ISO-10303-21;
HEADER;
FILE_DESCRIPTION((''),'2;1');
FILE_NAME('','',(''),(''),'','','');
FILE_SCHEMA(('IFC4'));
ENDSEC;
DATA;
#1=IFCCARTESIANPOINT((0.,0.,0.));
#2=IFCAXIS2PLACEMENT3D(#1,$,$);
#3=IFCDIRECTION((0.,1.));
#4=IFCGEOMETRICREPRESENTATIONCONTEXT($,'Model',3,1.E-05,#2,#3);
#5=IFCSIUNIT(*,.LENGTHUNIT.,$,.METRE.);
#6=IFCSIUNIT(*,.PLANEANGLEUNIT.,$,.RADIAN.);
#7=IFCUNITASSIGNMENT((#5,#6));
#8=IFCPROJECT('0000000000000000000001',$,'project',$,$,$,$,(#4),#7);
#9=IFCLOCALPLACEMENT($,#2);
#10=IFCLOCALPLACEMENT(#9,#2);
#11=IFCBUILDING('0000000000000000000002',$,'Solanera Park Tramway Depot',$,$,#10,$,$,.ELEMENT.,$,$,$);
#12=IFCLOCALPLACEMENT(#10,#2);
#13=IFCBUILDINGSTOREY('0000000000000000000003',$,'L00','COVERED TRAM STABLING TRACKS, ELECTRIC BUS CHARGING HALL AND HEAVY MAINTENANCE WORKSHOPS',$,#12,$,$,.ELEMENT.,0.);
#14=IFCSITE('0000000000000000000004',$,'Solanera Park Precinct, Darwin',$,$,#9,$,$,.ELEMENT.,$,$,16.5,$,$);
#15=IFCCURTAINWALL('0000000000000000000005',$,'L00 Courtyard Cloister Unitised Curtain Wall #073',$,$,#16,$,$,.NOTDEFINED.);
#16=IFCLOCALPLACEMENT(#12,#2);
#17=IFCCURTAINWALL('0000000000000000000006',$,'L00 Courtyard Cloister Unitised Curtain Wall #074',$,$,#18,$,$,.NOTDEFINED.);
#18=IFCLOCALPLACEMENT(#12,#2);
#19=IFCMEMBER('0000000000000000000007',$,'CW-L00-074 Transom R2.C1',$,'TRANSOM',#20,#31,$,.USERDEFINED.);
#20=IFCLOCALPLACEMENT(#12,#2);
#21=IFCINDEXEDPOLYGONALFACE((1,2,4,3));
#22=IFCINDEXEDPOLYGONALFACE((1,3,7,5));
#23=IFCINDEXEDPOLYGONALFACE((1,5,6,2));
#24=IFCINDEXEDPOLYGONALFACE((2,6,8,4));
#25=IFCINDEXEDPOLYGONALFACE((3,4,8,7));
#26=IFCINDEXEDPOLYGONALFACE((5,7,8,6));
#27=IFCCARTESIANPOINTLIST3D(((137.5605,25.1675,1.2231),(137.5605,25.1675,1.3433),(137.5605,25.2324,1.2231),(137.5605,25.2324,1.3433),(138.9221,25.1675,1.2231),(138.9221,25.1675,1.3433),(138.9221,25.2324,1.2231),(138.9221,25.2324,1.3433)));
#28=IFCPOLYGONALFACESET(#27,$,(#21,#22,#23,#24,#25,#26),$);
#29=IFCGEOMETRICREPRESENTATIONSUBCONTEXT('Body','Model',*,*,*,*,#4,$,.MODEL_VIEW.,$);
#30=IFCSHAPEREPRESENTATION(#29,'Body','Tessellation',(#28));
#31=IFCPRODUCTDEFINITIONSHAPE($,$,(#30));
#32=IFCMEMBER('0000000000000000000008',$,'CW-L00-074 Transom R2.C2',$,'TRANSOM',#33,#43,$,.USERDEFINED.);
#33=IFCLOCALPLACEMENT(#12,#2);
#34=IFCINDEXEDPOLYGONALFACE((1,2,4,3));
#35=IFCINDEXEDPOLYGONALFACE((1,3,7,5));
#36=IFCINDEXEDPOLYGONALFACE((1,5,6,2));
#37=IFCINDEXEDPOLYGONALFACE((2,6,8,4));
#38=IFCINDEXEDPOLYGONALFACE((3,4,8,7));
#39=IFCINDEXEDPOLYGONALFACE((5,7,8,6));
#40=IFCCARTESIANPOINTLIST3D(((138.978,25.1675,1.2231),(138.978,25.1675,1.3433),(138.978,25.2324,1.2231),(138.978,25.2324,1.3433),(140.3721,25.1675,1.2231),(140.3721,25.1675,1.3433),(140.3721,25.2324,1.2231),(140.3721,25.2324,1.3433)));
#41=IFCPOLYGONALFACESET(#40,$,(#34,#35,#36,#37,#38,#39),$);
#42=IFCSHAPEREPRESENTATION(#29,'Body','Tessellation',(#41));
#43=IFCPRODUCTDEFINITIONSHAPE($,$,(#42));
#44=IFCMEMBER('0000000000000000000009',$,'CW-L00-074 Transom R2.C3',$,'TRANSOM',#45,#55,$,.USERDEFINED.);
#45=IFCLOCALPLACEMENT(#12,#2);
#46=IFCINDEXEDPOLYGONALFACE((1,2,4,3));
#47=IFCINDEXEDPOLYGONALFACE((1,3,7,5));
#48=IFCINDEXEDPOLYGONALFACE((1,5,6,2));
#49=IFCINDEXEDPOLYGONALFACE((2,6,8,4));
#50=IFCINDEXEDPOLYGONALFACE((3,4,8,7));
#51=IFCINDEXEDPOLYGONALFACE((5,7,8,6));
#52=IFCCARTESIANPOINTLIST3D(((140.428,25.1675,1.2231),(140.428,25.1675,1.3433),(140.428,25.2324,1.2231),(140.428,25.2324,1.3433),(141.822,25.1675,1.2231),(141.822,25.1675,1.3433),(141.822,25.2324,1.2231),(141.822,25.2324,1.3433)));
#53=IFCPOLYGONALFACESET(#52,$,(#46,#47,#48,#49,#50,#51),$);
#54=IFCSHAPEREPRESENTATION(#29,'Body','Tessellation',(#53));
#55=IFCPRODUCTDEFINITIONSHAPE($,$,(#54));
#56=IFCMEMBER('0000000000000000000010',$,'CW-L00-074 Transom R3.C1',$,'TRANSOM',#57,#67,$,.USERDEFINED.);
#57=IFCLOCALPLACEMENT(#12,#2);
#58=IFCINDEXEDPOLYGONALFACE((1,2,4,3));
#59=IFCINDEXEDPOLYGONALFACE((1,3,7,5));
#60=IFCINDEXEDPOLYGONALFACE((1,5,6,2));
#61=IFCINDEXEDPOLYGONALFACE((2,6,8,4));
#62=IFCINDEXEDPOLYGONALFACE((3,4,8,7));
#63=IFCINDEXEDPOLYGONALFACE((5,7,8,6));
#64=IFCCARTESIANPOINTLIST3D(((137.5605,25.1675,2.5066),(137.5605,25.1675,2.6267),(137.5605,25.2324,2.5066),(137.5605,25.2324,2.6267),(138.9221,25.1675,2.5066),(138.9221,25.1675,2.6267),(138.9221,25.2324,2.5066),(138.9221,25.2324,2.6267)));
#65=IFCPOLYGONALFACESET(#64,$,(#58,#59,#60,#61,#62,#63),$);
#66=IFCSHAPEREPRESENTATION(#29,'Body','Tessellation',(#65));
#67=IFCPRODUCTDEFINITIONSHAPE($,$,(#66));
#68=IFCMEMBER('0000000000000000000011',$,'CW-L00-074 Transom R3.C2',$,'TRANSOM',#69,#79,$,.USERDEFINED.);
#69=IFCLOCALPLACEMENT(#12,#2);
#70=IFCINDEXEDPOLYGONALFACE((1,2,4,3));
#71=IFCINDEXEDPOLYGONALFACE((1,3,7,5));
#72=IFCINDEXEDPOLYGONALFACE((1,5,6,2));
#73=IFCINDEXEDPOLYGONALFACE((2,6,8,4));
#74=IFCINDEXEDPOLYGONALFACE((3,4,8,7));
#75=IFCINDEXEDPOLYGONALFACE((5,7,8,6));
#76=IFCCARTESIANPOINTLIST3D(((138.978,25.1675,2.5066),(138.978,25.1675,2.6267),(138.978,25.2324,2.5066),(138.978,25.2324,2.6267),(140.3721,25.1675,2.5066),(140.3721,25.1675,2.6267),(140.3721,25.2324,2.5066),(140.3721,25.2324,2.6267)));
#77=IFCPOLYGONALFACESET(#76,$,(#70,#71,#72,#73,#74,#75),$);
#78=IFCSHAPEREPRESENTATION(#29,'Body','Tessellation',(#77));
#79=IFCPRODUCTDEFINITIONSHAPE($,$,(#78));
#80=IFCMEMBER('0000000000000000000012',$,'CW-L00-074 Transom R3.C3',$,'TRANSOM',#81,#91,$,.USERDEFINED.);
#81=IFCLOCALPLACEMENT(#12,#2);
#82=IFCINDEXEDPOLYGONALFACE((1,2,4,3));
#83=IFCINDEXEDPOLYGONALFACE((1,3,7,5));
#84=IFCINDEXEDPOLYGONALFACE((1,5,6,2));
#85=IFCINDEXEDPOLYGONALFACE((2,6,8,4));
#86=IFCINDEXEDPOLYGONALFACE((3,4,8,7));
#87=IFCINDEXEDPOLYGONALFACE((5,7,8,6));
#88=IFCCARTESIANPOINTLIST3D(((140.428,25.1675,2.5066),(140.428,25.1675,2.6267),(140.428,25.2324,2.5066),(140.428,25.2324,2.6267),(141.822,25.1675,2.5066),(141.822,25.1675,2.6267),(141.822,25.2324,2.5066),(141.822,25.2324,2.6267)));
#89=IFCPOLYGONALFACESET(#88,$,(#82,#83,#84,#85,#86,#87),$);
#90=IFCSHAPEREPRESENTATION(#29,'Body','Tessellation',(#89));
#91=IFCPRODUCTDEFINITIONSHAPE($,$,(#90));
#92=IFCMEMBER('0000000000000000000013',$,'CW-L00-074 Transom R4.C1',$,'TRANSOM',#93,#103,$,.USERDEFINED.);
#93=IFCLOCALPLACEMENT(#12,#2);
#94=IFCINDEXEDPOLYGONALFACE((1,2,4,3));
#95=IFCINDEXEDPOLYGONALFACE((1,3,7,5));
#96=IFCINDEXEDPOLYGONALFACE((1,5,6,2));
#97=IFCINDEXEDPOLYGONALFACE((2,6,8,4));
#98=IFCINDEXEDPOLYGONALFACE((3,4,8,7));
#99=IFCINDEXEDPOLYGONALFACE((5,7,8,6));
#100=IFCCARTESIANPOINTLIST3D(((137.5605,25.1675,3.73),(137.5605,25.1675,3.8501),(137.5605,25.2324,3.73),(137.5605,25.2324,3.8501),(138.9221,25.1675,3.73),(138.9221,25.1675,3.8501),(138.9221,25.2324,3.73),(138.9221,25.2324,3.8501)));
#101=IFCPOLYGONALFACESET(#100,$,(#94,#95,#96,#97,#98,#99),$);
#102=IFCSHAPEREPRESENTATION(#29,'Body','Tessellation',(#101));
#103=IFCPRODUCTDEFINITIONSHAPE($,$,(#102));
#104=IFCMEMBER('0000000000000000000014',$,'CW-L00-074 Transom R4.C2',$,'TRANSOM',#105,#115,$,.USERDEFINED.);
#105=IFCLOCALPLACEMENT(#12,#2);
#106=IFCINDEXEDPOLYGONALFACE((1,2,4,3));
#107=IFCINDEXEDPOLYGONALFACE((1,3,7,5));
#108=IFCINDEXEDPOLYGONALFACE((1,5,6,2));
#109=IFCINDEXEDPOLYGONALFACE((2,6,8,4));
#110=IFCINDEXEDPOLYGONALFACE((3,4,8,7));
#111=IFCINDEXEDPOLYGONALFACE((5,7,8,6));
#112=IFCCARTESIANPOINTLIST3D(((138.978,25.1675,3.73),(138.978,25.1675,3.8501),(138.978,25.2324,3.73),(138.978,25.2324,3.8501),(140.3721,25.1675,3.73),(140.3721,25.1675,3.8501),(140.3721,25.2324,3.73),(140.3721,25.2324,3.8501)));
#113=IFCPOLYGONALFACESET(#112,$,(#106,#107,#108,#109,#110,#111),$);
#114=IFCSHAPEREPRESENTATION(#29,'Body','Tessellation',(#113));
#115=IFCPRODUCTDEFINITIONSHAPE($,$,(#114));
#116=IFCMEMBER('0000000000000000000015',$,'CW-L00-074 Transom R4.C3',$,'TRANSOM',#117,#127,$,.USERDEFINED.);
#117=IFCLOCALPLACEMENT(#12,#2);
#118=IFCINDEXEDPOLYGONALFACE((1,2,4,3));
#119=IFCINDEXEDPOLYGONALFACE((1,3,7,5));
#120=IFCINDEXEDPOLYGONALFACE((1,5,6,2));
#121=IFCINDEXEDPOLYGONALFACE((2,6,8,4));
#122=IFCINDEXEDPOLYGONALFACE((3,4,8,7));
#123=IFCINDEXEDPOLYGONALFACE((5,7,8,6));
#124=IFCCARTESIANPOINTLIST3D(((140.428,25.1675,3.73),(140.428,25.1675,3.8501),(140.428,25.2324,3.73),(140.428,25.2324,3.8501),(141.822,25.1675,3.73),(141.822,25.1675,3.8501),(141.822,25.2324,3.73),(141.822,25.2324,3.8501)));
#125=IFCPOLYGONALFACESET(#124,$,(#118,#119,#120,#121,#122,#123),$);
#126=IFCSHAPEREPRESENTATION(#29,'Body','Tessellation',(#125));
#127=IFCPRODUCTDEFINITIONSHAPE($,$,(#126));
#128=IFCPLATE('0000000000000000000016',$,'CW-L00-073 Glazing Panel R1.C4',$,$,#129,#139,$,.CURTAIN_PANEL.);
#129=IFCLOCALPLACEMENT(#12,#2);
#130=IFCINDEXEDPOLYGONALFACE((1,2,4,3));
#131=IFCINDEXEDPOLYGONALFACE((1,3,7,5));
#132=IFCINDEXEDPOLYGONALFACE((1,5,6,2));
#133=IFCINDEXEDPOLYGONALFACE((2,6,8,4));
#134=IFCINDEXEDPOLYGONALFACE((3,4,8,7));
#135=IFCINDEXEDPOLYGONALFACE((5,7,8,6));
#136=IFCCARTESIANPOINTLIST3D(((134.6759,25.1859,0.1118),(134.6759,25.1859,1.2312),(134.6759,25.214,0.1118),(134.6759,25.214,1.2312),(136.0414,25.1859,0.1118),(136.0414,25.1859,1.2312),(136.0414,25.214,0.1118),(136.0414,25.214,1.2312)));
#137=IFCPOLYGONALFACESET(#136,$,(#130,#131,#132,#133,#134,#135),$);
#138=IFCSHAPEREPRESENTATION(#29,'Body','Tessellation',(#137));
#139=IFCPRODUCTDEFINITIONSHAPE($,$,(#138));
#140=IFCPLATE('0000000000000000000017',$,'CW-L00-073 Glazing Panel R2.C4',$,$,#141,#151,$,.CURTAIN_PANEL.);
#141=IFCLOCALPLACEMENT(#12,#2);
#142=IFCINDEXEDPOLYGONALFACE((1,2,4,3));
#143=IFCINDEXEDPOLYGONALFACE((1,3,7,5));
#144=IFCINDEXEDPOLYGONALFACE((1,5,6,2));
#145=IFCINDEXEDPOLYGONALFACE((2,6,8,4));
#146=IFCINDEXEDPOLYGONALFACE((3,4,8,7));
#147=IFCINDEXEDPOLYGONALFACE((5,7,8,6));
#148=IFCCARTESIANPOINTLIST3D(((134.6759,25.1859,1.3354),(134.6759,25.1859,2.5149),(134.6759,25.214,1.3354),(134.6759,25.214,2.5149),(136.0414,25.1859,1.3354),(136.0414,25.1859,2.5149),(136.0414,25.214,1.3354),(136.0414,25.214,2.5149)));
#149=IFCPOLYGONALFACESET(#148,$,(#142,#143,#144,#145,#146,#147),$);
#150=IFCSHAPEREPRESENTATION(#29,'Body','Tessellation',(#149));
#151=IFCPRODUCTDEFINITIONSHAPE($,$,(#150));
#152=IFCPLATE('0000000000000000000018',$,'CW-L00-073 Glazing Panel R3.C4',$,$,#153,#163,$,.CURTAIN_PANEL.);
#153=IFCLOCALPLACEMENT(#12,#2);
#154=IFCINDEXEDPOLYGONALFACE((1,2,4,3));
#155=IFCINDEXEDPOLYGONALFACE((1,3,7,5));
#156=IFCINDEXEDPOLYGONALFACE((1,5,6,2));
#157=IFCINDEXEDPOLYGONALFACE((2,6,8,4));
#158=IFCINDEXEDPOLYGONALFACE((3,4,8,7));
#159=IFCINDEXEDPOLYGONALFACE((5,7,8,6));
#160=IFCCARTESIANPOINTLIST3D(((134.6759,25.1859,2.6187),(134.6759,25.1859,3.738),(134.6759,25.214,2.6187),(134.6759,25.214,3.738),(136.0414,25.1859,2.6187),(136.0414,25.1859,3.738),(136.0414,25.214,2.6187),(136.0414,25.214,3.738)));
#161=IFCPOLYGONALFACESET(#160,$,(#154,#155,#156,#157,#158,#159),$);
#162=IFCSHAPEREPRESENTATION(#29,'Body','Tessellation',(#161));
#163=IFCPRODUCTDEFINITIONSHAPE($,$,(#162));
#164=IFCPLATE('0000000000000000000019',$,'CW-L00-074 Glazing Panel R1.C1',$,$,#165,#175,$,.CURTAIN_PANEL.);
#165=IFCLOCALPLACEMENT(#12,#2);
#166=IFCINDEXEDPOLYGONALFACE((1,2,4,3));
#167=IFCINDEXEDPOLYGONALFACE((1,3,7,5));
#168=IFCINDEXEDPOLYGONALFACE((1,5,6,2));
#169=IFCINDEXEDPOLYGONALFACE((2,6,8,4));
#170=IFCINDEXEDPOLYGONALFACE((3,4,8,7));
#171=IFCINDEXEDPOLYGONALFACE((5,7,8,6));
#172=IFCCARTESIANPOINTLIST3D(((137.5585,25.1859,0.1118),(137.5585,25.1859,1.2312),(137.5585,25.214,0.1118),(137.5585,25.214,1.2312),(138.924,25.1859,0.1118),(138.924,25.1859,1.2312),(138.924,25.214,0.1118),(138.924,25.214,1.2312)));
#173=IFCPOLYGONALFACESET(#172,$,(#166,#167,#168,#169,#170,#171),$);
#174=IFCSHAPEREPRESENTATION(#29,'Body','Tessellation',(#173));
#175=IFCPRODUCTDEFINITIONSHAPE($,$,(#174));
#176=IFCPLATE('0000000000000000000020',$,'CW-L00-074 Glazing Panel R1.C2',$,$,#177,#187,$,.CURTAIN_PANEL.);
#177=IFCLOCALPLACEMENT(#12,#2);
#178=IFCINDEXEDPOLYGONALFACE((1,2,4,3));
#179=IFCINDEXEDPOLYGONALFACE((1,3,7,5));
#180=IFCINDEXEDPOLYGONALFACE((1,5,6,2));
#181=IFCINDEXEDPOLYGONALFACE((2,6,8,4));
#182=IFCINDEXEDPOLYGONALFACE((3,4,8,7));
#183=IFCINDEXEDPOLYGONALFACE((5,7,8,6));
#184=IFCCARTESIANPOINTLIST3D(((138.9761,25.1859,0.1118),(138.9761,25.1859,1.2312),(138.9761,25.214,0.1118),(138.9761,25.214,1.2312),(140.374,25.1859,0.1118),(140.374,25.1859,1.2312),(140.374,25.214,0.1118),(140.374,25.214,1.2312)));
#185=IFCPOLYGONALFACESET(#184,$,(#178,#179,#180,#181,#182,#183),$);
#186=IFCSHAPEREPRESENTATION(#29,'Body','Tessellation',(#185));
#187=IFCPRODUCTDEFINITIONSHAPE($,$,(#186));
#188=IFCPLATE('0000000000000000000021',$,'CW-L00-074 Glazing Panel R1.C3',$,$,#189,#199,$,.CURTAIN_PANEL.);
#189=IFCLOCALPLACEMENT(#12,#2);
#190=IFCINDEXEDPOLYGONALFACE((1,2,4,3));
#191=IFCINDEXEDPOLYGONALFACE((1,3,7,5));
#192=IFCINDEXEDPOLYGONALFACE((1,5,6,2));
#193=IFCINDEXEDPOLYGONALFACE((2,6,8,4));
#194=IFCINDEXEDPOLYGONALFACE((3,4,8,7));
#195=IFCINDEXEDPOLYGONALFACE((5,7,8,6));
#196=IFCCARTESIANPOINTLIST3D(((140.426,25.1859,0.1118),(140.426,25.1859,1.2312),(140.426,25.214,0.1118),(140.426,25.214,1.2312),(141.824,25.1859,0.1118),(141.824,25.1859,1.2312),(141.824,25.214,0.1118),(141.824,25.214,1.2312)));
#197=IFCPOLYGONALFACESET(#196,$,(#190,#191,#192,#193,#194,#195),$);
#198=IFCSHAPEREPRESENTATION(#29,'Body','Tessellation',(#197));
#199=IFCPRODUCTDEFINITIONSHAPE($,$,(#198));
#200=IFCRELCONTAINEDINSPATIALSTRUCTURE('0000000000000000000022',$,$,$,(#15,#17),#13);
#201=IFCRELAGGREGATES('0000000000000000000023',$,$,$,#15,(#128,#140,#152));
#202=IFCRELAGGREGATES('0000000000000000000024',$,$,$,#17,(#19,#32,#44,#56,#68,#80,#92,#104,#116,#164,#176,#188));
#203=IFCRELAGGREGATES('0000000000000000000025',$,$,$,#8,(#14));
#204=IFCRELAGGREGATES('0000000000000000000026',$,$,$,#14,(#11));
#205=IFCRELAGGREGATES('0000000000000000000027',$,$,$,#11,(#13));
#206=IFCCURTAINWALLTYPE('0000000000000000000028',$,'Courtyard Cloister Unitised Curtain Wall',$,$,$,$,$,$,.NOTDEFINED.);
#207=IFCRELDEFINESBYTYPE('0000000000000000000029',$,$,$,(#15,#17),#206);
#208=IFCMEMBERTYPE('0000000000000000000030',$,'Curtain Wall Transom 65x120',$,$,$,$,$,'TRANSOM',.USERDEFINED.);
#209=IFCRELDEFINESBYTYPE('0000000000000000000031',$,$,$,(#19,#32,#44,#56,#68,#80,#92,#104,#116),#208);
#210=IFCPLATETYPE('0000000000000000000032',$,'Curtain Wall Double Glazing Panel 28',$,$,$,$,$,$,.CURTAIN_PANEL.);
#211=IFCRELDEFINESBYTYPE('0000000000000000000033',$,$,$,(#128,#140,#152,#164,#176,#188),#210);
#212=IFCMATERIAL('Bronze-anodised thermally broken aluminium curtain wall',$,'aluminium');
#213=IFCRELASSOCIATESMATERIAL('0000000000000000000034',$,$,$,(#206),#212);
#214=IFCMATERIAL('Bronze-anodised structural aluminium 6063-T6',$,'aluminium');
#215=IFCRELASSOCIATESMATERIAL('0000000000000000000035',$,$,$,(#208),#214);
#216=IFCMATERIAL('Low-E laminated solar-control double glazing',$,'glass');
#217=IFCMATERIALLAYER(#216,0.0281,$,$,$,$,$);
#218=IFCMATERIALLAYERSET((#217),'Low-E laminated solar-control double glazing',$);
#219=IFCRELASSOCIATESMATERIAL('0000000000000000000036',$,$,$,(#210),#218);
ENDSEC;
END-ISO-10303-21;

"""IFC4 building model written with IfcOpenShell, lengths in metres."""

from ifc_helpers import new_model, si_unit, direction, frame, origin, origin_2d, place, context, subcontext, project, spatial, rectangle, extrude, material, layer, layer_set, material_profile, profile_set, type_object, element, aggregate, save


model = new_model("IFC4")

# Units and contexts
model_context = context("Model", 3, precision=1e-05, world=origin(), true_north=direction((0.0, 1.0)))
body_context = subcontext(model_context, "Body", "Model", "MODEL_VIEW")
ifc_project = project(units=[si_unit("LENGTHUNIT", "METRE"), si_unit("PLANEANGLEUNIT", "RADIAN")], contexts=[model_context])

# Site, building, storey
site_placement = place(None, origin())
site = spatial("IfcSite", under=ifc_project, at=site_placement, Name="Solanera Park Precinct, Darwin", CompositionType="ELEMENT", RefElevation=16.5)
building_placement = place(site_placement, origin())
building = spatial("IfcBuilding", under=site, at=building_placement, Name="Solanera Park Tramway Depot", CompositionType="ELEMENT")
storey_placement = place(building_placement, origin())
storey = spatial("IfcBuildingStorey", under=building, at=storey_placement, Name="L00", Description="COVERED TRAM STABLING TRACKS, ELECTRIC BUS CHARGING HALL AND HEAVY MAINTENANCE WORKSHOPS", CompositionType="ELEMENT", Elevation=0.0)

# Curtain wall
ifc_material_1 = material(Name="Bronze-anodised thermally broken aluminium curtain wall", Category="aluminium")
curtain_wall_type = type_object("IfcCurtainWallType", Name="Courtyard Cloister Unitised Curtain Wall", PredefinedType="NOTDEFINED", material=ifc_material_1)
curtain_wall_1_placement = place(storey_placement, origin())
curtain_wall_1 = element("IfcCurtainWall", 1, at=curtain_wall_1_placement, inside=storey, type_object=curtain_wall_type, Name="L00 Courtyard Cloister Unitised Curtain Wall #073", PredefinedType="NOTDEFINED")

# Curtain wall
curtain_wall_2_placement = place(storey_placement, origin())
curtain_wall_2 = element("IfcCurtainWall", 2, at=curtain_wall_2_placement, inside=storey, type_object=curtain_wall_type, Name="L00 Courtyard Cloister Unitised Curtain Wall #074", PredefinedType="NOTDEFINED")

# Members
ifc_material_2 = material(Name="Bronze-anodised structural aluminium 6063-T6", Category="aluminium")
ifc_material_profile_1 = material_profile(ifc_material_2, rectangle(XDim=0.0649, YDim=0.1201, at=origin_2d()), Name="Curtain Wall Transom 65x120")
ifc_profile_set_1 = profile_set([ifc_material_profile_1], Name="Bronze-anodised structural aluminium 6063-T6")
member_type_1 = type_object("IfcMemberType", Name="Curtain Wall Transom 65x120", ElementType="TRANSOM", PredefinedType="USERDEFINED", material=ifc_profile_set_1)
member_1_placement = place(storey_placement, frame((137.5605, 25.2, 1.2832), z_axis=(1.0, 0.0, 0.0), x_axis=(0.0, 1.0, 0.0)))
member_1 = element("IfcMember", 3, at=member_1_placement, type_object=member_type_1, Name="CW-L00-074 Transom R2.C1", ObjectType="TRANSOM", PredefinedType="USERDEFINED", context=body_context, shape_type="SweptSolid", body=[
    extrude(rectangle(XDim=0.0649, YDim=0.1201, at=origin_2d()), origin(), (0.0, 0.0, 1.0), 1.3616),
])
member_2_placement = place(storey_placement, frame((138.978, 25.2, 1.2832), z_axis=(1.0, 0.0, 0.0), x_axis=(0.0, 1.0, 0.0)))
member_2 = element("IfcMember", 4, at=member_2_placement, type_object=member_type_1, Name="CW-L00-074 Transom R2.C2", ObjectType="TRANSOM", PredefinedType="USERDEFINED", context=body_context, shape_type="SweptSolid", body=[
    extrude(rectangle(XDim=0.0649, YDim=0.1201, at=origin_2d()), origin(), (0.0, 0.0, 1.0), 1.394),
])
member_3_placement = place(storey_placement, frame((140.428, 25.2, 1.2832), z_axis=(1.0, 0.0, 0.0), x_axis=(0.0, 1.0, 0.0)))
member_3 = element("IfcMember", 5, at=member_3_placement, type_object=member_type_1, Name="CW-L00-074 Transom R2.C3", ObjectType="TRANSOM", PredefinedType="USERDEFINED", context=body_context, shape_type="SweptSolid", body=[
    extrude(rectangle(XDim=0.0649, YDim=0.1201, at=origin_2d()), origin(), (0.0, 0.0, 1.0), 1.394),
])
member_4_placement = place(storey_placement, frame((137.5605, 25.2, 2.5667), z_axis=(1.0, 0.0, 0.0), x_axis=(0.0, 1.0, 0.0)))
member_4 = element("IfcMember", 6, at=member_4_placement, type_object=member_type_1, Name="CW-L00-074 Transom R3.C1", ObjectType="TRANSOM", PredefinedType="USERDEFINED", context=body_context, shape_type="SweptSolid", body=[
    extrude(rectangle(XDim=0.0649, YDim=0.1201, at=origin_2d()), origin(), (0.0, 0.0, 1.0), 1.3616),
])
member_5_placement = place(storey_placement, frame((138.978, 25.2, 2.5667), z_axis=(1.0, 0.0, 0.0), x_axis=(0.0, 1.0, 0.0)))
member_5 = element("IfcMember", 7, at=member_5_placement, type_object=member_type_1, Name="CW-L00-074 Transom R3.C2", ObjectType="TRANSOM", PredefinedType="USERDEFINED", context=body_context, shape_type="SweptSolid", body=[
    extrude(rectangle(XDim=0.0649, YDim=0.1201, at=origin_2d()), origin(), (0.0, 0.0, 1.0), 1.394),
])
member_6_placement = place(storey_placement, frame((140.428, 25.2, 2.5667), z_axis=(1.0, 0.0, 0.0), x_axis=(0.0, 1.0, 0.0)))
member_6 = element("IfcMember", 8, at=member_6_placement, type_object=member_type_1, Name="CW-L00-074 Transom R3.C3", ObjectType="TRANSOM", PredefinedType="USERDEFINED", context=body_context, shape_type="SweptSolid", body=[
    extrude(rectangle(XDim=0.0649, YDim=0.1201, at=origin_2d()), origin(), (0.0, 0.0, 1.0), 1.394),
])
member_7_placement = place(storey_placement, frame((137.5605, 25.2, 3.79), z_axis=(1.0, 0.0, 0.0), x_axis=(0.0, 1.0, 0.0)))
member_7 = element("IfcMember", 9, at=member_7_placement, type_object=member_type_1, Name="CW-L00-074 Transom R4.C1", ObjectType="TRANSOM", PredefinedType="USERDEFINED", context=body_context, shape_type="SweptSolid", body=[
    extrude(rectangle(XDim=0.0649, YDim=0.1201, at=origin_2d()), origin(), (0.0, 0.0, 1.0), 1.3616),
])
member_8_placement = place(storey_placement, frame((138.978, 25.2, 3.79), z_axis=(1.0, 0.0, 0.0), x_axis=(0.0, 1.0, 0.0)))
member_8 = element("IfcMember", 10, at=member_8_placement, type_object=member_type_1, Name="CW-L00-074 Transom R4.C2", ObjectType="TRANSOM", PredefinedType="USERDEFINED", context=body_context, shape_type="SweptSolid", body=[
    extrude(rectangle(XDim=0.0649, YDim=0.1201, at=origin_2d()), origin(), (0.0, 0.0, 1.0), 1.394),
])
member_9_placement = place(storey_placement, frame((140.428, 25.2, 3.79), z_axis=(1.0, 0.0, 0.0), x_axis=(0.0, 1.0, 0.0)))
member_9 = element("IfcMember", 11, at=member_9_placement, type_object=member_type_1, Name="CW-L00-074 Transom R4.C3", ObjectType="TRANSOM", PredefinedType="USERDEFINED", context=body_context, shape_type="SweptSolid", body=[
    extrude(rectangle(XDim=0.0649, YDim=0.1201, at=origin_2d()), origin(), (0.0, 0.0, 1.0), 1.394),
])

# Plates
ifc_material_3 = material(Name="Low-E laminated solar-control double glazing", Category="glass")
ifc_layer = layer(ifc_material_3, 0.0281)
ifc_layer_set = layer_set([ifc_layer], Name="Low-E laminated solar-control double glazing")
plate_type = type_object("IfcPlateType", Name="Curtain Wall Double Glazing Panel 28", PredefinedType="CURTAIN_PANEL", material=ifc_layer_set)
plate_1_placement = place(storey_placement, frame((135.3586, 25.2, 0.1118), z_axis=(0.0, 0.0, 1.0), x_axis=(1.0, 0.0, 0.0)))
plate_1 = element("IfcPlate", 12, at=plate_1_placement, type_object=plate_type, Name="CW-L00-073 Glazing Panel R1.C4", PredefinedType="CURTAIN_PANEL", context=body_context, shape_type="SweptSolid", body=[
    extrude(rectangle(XDim=1.3655, YDim=0.0281, at=origin_2d()), origin(), (0.0, 0.0, 1.0), 1.1194),
])
plate_2_placement = place(storey_placement, frame((135.3586, 25.2, 1.3354), z_axis=(0.0, 0.0, 1.0), x_axis=(1.0, 0.0, 0.0)))
plate_2 = element("IfcPlate", 13, at=plate_2_placement, type_object=plate_type, Name="CW-L00-073 Glazing Panel R2.C4", PredefinedType="CURTAIN_PANEL", context=body_context, shape_type="SweptSolid", body=[
    extrude(rectangle(XDim=1.3655, YDim=0.0281, at=origin_2d()), origin(), (0.0, 0.0, 1.0), 1.1794),
])
plate_3_placement = place(storey_placement, frame((135.3586, 25.2, 2.6187), z_axis=(0.0, 0.0, 1.0), x_axis=(1.0, 0.0, 0.0)))
plate_3 = element("IfcPlate", 14, at=plate_3_placement, type_object=plate_type, Name="CW-L00-073 Glazing Panel R3.C4", PredefinedType="CURTAIN_PANEL", context=body_context, shape_type="SweptSolid", body=[
    extrude(rectangle(XDim=1.3655, YDim=0.0281, at=origin_2d()), origin(), (0.0, 0.0, 1.0), 1.1194),
])
aggregate(curtain_wall_1, [plate_1, plate_2, plate_3])
plate_4_placement = place(storey_placement, frame((138.2412, 25.2, 0.1118), z_axis=(0.0, 0.0, 1.0), x_axis=(1.0, 0.0, 0.0)))
plate_4 = element("IfcPlate", 15, at=plate_4_placement, type_object=plate_type, Name="CW-L00-074 Glazing Panel R1.C1", PredefinedType="CURTAIN_PANEL", context=body_context, shape_type="SweptSolid", body=[
    extrude(rectangle(XDim=1.3655, YDim=0.0281, at=origin_2d()), origin(), (0.0, 0.0, 1.0), 1.1194),
])
plate_5_placement = place(storey_placement, frame((139.675, 25.2, 0.1118), z_axis=(0.0, 0.0, 1.0), x_axis=(1.0, 0.0, 0.0)))
plate_5 = element("IfcPlate", 16, at=plate_5_placement, type_object=plate_type, Name="CW-L00-074 Glazing Panel R1.C2", PredefinedType="CURTAIN_PANEL", context=body_context, shape_type="SweptSolid", body=[
    extrude(rectangle(XDim=1.3979, YDim=0.0281, at=origin_2d()), origin(), (0.0, 0.0, 1.0), 1.1194),
])
plate_6_placement = place(storey_placement, frame((141.125, 25.2, 0.1118), z_axis=(0.0, 0.0, 1.0), x_axis=(1.0, 0.0, 0.0)))
plate_6 = element("IfcPlate", 17, at=plate_6_placement, type_object=plate_type, Name="CW-L00-074 Glazing Panel R1.C3", PredefinedType="CURTAIN_PANEL", context=body_context, shape_type="SweptSolid", body=[
    extrude(rectangle(XDim=1.3979, YDim=0.0281, at=origin_2d()), origin(), (0.0, 0.0, 1.0), 1.1194),
])
aggregate(curtain_wall_2, [member_1, member_2, member_3, member_4, member_5, member_6, member_7, member_8, member_9, plate_4, plate_5, plate_6])

save(model, "model.ifc")
